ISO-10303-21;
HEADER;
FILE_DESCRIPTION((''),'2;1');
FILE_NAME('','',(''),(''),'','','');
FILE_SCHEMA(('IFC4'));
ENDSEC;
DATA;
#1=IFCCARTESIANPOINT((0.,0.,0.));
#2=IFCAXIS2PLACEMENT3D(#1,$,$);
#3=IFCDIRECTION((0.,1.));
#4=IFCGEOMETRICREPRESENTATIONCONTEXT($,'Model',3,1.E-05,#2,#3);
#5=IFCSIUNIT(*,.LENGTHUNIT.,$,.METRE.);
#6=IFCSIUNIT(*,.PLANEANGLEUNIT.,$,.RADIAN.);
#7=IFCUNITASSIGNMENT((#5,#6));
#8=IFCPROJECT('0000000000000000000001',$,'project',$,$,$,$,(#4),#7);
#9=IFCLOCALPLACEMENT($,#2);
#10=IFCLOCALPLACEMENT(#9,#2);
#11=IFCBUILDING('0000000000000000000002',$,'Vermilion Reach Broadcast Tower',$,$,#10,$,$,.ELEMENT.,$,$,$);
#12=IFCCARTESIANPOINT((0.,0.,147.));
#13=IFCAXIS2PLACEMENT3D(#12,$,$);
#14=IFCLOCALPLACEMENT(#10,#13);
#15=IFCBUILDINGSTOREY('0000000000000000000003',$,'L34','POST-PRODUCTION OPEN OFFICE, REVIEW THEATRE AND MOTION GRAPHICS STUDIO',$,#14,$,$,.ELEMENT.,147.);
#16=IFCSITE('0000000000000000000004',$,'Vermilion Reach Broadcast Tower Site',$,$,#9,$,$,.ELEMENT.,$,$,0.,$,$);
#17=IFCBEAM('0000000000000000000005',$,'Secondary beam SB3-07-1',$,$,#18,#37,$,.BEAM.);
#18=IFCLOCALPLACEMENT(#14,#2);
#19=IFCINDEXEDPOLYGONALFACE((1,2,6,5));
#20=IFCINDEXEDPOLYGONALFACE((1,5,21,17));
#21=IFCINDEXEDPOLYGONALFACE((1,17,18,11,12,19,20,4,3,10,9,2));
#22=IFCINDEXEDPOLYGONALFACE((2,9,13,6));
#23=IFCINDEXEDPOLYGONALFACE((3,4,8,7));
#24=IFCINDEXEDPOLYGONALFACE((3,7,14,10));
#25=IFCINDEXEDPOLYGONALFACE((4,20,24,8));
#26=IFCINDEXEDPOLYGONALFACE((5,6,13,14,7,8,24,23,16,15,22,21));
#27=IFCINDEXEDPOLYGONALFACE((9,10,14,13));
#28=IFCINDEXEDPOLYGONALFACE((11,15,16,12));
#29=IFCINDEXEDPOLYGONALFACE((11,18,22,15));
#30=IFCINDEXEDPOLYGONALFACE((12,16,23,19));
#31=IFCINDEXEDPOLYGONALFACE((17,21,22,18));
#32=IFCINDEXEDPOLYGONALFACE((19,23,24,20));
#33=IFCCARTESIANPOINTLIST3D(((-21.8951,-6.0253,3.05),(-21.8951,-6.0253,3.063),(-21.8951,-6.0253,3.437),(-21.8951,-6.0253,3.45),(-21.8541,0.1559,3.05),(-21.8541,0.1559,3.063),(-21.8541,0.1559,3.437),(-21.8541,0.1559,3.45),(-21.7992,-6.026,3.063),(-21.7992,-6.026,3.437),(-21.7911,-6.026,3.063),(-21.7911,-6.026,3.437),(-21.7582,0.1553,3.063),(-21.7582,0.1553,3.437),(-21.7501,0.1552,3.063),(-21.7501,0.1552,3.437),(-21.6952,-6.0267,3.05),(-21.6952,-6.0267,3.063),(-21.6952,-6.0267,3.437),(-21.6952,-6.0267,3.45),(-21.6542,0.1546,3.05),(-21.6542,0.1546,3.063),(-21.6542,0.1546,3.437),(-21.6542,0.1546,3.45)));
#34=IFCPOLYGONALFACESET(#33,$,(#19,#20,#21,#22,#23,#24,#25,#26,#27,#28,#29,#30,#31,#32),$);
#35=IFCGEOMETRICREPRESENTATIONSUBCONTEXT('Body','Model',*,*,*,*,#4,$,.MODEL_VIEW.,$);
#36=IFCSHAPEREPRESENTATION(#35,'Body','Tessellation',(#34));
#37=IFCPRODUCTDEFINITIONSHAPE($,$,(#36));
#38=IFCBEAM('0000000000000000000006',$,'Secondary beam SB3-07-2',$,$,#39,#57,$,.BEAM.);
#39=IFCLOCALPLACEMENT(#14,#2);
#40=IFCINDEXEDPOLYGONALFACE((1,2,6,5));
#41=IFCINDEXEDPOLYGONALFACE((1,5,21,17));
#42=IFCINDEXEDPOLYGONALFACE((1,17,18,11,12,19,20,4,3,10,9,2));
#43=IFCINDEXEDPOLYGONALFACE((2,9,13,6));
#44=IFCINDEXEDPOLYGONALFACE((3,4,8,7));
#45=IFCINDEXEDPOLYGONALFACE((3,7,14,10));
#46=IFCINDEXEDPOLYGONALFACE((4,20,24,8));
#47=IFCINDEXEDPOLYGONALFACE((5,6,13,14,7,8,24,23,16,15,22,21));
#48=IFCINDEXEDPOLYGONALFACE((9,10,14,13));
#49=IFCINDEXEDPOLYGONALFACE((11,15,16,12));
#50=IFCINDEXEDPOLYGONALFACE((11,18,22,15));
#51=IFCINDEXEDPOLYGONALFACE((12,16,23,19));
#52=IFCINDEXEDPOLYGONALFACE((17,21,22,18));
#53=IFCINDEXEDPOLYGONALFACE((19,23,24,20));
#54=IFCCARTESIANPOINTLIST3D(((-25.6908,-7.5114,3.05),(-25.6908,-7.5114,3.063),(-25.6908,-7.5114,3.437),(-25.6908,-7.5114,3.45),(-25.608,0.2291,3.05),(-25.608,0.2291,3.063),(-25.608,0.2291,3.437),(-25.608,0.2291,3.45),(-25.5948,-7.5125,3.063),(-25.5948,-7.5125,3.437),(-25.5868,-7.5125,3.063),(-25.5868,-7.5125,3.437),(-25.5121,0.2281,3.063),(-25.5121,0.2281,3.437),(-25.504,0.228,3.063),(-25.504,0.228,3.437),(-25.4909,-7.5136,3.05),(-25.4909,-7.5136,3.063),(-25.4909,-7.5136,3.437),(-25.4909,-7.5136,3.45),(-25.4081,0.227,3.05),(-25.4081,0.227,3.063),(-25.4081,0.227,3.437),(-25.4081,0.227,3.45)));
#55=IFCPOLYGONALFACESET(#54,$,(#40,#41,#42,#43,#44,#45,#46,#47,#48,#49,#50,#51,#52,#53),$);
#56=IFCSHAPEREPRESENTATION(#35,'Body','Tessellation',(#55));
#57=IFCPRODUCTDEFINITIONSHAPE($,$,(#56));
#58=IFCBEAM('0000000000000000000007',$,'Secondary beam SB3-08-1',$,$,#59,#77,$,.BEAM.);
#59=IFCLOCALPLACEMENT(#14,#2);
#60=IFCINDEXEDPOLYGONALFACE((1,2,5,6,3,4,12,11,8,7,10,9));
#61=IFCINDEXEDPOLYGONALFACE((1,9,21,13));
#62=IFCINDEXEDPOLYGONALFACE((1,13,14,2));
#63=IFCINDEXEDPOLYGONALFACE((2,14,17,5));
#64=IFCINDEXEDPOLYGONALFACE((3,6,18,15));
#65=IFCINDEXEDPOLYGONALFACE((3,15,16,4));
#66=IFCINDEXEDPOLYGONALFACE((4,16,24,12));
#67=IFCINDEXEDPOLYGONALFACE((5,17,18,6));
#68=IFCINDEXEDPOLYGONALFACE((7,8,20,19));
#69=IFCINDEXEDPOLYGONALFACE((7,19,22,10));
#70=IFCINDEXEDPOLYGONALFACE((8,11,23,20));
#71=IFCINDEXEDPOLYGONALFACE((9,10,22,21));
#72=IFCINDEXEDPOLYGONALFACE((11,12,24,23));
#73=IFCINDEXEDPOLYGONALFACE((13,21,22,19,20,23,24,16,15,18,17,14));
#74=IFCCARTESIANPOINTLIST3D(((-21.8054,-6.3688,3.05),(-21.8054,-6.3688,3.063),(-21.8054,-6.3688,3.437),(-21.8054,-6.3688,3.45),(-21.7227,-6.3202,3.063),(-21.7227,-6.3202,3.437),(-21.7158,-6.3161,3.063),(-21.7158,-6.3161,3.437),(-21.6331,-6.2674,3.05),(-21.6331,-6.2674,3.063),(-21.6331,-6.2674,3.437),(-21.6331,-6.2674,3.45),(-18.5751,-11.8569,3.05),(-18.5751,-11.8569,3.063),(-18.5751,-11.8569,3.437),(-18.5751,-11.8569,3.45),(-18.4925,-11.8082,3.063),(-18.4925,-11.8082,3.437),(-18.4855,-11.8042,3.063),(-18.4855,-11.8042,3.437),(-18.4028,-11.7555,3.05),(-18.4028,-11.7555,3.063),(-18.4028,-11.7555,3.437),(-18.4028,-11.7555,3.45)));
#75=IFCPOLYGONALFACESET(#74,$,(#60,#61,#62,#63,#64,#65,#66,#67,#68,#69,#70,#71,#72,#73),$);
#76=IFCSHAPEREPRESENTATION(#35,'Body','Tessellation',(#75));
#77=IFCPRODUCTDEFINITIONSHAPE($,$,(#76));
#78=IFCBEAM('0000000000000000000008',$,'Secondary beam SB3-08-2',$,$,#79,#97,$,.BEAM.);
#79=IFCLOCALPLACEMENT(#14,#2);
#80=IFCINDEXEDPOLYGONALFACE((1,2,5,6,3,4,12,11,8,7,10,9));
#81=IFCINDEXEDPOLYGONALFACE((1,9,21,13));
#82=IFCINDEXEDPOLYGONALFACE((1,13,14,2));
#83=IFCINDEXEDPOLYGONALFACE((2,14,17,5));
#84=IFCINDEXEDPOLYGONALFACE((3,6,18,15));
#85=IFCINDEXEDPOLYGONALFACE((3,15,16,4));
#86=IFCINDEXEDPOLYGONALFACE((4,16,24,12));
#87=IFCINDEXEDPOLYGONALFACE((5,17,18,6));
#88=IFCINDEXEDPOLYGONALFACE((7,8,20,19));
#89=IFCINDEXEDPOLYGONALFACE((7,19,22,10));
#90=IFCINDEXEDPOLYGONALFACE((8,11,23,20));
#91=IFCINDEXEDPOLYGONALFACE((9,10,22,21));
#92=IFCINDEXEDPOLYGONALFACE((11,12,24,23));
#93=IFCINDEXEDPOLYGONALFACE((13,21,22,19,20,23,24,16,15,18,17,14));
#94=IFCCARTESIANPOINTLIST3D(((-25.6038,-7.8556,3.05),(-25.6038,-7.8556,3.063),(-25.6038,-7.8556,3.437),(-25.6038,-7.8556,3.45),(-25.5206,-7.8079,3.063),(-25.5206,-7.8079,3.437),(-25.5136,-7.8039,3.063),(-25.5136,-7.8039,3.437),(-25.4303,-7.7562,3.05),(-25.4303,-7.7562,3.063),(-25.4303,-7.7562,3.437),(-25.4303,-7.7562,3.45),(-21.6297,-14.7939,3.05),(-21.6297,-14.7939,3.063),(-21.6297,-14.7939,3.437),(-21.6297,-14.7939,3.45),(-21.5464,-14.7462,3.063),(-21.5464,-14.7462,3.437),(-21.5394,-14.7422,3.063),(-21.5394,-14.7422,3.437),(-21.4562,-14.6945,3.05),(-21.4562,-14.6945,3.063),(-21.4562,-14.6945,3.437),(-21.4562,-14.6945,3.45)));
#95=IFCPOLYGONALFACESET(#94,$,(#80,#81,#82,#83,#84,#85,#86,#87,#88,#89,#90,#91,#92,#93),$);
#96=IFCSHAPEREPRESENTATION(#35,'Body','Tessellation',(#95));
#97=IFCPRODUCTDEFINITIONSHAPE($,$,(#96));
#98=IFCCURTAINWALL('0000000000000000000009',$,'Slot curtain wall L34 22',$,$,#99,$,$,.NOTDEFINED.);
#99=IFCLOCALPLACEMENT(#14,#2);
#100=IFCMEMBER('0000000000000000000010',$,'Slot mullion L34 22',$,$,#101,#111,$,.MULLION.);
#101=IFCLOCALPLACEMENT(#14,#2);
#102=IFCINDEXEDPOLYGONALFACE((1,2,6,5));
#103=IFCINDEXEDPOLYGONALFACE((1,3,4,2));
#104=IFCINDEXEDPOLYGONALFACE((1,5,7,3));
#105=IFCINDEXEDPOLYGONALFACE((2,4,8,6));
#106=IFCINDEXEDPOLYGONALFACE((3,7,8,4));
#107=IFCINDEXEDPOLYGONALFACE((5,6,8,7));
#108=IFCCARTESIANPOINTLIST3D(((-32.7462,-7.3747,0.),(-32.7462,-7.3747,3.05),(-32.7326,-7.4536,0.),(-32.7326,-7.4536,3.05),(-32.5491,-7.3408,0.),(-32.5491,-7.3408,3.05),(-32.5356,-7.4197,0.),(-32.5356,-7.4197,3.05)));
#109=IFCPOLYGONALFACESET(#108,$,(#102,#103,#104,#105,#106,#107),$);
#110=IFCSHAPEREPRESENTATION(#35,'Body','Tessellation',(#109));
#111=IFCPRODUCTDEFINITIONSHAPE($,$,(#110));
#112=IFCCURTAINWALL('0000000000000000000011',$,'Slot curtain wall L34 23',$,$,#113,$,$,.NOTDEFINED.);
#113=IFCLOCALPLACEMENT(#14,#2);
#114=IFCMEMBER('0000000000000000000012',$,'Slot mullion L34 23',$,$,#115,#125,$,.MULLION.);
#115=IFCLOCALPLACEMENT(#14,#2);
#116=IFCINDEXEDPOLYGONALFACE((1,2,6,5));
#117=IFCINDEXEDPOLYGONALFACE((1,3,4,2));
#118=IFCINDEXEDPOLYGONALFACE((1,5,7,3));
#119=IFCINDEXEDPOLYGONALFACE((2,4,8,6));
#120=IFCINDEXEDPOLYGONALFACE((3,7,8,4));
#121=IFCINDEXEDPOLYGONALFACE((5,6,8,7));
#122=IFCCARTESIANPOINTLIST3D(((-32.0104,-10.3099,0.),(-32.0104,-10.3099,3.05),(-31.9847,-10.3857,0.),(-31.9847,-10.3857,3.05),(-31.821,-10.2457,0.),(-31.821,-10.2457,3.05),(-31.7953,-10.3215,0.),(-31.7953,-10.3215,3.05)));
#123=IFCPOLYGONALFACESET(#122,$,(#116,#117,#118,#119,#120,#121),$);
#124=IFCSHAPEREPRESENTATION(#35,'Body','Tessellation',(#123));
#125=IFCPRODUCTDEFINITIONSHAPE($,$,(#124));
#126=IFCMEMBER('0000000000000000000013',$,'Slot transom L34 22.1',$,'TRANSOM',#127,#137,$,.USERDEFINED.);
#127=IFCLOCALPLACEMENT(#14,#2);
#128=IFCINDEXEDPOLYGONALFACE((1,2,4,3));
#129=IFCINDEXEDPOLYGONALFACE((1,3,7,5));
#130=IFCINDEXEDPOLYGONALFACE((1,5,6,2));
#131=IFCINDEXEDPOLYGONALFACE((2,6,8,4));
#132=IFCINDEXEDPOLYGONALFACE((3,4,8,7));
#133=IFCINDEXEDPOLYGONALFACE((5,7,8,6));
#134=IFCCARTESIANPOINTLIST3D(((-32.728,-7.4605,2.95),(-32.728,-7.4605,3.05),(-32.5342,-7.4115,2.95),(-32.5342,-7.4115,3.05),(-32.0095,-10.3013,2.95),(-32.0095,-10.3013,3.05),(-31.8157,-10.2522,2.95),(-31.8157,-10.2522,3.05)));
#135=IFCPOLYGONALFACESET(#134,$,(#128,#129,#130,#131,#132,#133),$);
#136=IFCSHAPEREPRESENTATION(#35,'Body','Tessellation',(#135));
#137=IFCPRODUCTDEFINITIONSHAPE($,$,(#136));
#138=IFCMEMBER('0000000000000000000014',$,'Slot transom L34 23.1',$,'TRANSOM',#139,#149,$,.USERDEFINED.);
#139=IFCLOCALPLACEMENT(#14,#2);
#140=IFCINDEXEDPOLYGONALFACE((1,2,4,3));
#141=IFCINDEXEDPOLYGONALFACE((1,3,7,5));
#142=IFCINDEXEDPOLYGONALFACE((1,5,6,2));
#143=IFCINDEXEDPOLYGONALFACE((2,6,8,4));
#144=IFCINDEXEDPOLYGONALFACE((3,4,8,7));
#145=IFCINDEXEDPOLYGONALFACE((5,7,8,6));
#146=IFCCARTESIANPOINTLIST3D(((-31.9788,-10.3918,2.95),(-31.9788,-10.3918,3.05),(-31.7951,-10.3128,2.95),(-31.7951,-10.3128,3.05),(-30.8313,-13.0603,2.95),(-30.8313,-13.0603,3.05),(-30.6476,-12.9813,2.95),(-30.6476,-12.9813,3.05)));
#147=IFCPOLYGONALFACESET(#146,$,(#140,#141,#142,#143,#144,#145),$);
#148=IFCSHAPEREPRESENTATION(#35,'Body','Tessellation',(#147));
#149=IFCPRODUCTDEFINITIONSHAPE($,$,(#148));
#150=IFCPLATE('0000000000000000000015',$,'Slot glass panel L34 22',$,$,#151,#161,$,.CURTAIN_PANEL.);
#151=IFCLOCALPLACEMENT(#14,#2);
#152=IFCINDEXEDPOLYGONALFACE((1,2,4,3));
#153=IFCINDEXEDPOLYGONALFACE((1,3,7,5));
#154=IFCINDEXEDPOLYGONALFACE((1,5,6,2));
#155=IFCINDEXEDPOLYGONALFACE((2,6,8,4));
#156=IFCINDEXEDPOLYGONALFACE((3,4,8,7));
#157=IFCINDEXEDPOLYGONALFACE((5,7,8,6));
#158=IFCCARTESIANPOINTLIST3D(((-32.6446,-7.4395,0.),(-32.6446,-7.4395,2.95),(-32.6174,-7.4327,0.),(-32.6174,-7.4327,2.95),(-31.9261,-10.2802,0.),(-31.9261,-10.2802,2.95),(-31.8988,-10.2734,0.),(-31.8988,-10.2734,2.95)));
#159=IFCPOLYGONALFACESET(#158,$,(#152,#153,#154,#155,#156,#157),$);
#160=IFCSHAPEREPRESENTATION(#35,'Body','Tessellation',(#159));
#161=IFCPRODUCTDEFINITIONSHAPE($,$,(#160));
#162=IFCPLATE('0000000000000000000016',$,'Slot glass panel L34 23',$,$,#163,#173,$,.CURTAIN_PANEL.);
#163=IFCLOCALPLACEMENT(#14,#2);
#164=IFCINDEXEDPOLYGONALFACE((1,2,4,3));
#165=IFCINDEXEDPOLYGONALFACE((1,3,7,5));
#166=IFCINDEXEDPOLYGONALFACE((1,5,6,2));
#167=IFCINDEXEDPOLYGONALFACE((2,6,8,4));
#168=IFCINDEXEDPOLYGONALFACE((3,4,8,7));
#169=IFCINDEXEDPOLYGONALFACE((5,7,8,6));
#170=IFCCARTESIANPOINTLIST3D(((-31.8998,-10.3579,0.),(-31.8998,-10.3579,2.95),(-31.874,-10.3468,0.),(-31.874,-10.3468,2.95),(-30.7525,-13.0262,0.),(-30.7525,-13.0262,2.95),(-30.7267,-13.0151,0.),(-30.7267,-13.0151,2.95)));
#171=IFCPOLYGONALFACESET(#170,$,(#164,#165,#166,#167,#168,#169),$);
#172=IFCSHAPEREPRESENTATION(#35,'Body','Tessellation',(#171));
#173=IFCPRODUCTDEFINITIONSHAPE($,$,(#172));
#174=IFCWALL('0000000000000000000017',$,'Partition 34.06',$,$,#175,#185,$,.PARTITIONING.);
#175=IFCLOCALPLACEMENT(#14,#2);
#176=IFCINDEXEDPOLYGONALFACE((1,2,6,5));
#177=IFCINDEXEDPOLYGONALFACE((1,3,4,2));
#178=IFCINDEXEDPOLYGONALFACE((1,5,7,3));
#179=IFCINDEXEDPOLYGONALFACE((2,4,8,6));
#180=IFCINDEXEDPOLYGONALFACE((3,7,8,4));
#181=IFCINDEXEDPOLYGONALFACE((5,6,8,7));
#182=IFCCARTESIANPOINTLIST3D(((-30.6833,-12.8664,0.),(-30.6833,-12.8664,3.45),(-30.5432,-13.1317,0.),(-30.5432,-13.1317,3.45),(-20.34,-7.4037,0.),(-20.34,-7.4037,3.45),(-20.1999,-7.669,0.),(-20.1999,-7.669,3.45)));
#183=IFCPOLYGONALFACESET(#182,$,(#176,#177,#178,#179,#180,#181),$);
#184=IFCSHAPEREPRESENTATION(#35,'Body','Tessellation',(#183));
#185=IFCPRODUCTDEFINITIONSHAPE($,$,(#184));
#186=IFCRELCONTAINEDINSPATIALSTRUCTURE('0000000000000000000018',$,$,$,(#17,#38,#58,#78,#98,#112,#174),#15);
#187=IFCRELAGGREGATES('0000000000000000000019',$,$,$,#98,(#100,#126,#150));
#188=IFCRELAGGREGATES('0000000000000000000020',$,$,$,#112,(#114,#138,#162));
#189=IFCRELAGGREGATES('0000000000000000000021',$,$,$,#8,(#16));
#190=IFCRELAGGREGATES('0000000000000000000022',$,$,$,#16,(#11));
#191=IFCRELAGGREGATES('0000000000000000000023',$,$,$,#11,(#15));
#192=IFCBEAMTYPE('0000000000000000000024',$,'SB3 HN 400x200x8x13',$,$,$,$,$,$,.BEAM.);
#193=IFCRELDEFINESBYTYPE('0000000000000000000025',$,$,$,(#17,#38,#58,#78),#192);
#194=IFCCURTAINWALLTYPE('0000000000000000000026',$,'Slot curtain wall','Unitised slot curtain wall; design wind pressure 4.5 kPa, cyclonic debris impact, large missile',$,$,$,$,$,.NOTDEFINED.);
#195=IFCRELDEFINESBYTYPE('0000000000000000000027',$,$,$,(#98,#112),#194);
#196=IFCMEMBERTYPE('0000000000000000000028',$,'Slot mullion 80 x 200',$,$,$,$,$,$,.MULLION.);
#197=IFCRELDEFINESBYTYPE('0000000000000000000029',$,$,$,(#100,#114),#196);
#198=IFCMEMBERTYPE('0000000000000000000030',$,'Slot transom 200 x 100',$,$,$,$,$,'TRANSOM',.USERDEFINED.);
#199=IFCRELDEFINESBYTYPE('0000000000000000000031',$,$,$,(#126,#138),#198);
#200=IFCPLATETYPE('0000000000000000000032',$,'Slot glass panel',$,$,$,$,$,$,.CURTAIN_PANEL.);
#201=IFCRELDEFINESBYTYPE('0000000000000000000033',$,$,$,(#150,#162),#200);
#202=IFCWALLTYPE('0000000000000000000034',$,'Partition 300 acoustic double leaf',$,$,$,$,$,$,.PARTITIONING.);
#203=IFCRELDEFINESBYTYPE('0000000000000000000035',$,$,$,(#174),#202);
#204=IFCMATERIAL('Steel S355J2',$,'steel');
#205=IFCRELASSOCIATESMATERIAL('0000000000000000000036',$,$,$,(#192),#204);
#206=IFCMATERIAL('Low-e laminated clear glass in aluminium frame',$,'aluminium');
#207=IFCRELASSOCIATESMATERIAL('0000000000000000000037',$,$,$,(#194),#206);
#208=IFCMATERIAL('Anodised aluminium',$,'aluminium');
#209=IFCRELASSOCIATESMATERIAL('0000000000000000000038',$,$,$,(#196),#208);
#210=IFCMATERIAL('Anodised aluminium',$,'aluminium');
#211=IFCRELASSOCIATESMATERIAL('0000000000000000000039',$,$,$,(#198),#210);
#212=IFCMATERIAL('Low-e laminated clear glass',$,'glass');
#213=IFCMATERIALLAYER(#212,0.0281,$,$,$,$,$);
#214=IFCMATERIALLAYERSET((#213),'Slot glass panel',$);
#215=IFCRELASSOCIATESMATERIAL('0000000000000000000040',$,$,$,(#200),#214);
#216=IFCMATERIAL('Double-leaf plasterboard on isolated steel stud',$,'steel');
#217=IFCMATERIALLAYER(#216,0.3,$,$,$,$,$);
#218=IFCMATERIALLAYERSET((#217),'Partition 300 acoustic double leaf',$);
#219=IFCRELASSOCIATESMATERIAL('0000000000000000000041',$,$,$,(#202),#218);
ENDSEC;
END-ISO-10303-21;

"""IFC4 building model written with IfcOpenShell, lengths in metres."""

from ifc_helpers import new_model, si_unit, direction, frame, frame_2d, origin, origin_2d, place, context, subcontext, project, spatial, rectangle, i_section, extrude, material, layer, layer_set, material_profile, profile_set, type_object, element, aggregate, save


model = new_model("IFC4")

# Units and contexts
model_context = context("Model", 3, precision=1e-05, world=origin(), true_north=direction((0.0, 1.0)))
body_context = subcontext(model_context, "Body", "Model", "MODEL_VIEW")
ifc_project = project(units=[si_unit("LENGTHUNIT", "METRE"), si_unit("PLANEANGLEUNIT", "RADIAN")], contexts=[model_context])

# Site, building, storey
site_placement = place(None, origin())
site = spatial("IfcSite", under=ifc_project, at=site_placement, Name="Vermilion Reach Broadcast Tower Site", CompositionType="ELEMENT", RefElevation=0.0)
building_placement = place(site_placement, origin())
building = spatial("IfcBuilding", under=site, at=building_placement, Name="Vermilion Reach Broadcast Tower", CompositionType="ELEMENT")
storey_placement = place(building_placement, frame((0.0, 0.0, 147.0)))
storey = spatial("IfcBuildingStorey", under=building, at=storey_placement, Name="L34", Description="POST-PRODUCTION OPEN OFFICE, REVIEW THEATRE AND MOTION GRAPHICS STUDIO", CompositionType="ELEMENT", Elevation=147.0)

# Beams
ifc_material_1 = material(Name="Steel S355J2", Category="steel")
ifc_material_profile_1 = material_profile(ifc_material_1, i_section(OverallWidth=0.2, OverallDepth=0.3999, WebThickness=0.0081, FlangeThickness=0.0129, at=origin_2d()), Name="S355J2 HN 400x200x8x13")
ifc_profile_set_1 = profile_set([ifc_material_profile_1], Name="Steel S355J2")
beam_type_1 = type_object("IfcBeamType", Name="SB3 HN 400x200x8x13", PredefinedType="BEAM", material=ifc_profile_set_1)
beam_1_placement = place(storey_placement, frame((-21.7542, 0.1553, 3.25), z_axis=(-0.006635, -0.999978, 0.0), x_axis=(0.999978, -0.006635, 0.0)))
element("IfcBeam", 1, at=beam_1_placement, inside=storey, type_object=beam_type_1, Name="Secondary beam SB3-07-1", PredefinedType="BEAM", context=body_context, shape_type="SweptSolid", body=[
    extrude(i_section(OverallWidth=0.2, OverallDepth=0.3999, WebThickness=0.0081, FlangeThickness=0.0129, at=origin_2d()), origin(), (0.0, 0.0, 1.0), 6.1814),
])
beam_2_placement = place(storey_placement, frame((-25.5081, 0.228, 3.25), z_axis=(-0.010692, -0.999943, 0.0), x_axis=(0.999943, -0.010692, 0.0)))
element("IfcBeam", 2, at=beam_2_placement, inside=storey, type_object=beam_type_1, Name="Secondary beam SB3-07-2", PredefinedType="BEAM", context=body_context, shape_type="SweptSolid", body=[
    extrude(i_section(OverallWidth=0.2, OverallDepth=0.3999, WebThickness=0.0081, FlangeThickness=0.0129, at=origin_2d()), origin(), (0.0, 0.0, 1.0), 7.741),
])
beam_3_placement = place(storey_placement, frame((-21.7192, -6.3181, 3.25), z_axis=(0.50725, -0.861799, 0.0), x_axis=(0.861799, 0.50725, 0.0)))
element("IfcBeam", 3, at=beam_3_placement, inside=storey, type_object=beam_type_1, Name="Secondary beam SB3-08-1", PredefinedType="BEAM", context=body_context, shape_type="SweptSolid", body=[
    extrude(i_section(OverallWidth=0.2, OverallDepth=0.3999, WebThickness=0.0081, FlangeThickness=0.0129, at=origin_2d()), origin(), (0.0, 0.0, 1.0), 6.3682),
])
beam_4_placement = place(storey_placement, frame((-25.5171, -7.8059, 3.25), z_axis=(0.497027, -0.867735, 0.0), x_axis=(0.867735, 0.497027, 0.0)))
element("IfcBeam", 4, at=beam_4_placement, inside=storey, type_object=beam_type_1, Name="Secondary beam SB3-08-2", PredefinedType="BEAM", context=body_context, shape_type="SweptSolid", body=[
    extrude(i_section(OverallWidth=0.2, OverallDepth=0.3999, WebThickness=0.0081, FlangeThickness=0.0129, at=origin_2d()), origin(), (0.0, 0.0, 1.0), 7.9958),
])

# Curtain walls, members
ifc_material_2 = material(Name="Low-e laminated clear glass in aluminium frame", Category="aluminium")
curtain_wall_type = type_object("IfcCurtainWallType", Name="Slot curtain wall", Description="Unitised slot curtain wall; design wind pressure 4.5 kPa, cyclonic debris impact, large missile", PredefinedType="NOTDEFINED", material=ifc_material_2)
placement = place(storey_placement, origin())
curtain_wall_1 = element("IfcCurtainWall", 5, at=placement, inside=storey, type_object=curtain_wall_type, Name="Slot curtain wall L34 22", PredefinedType="NOTDEFINED")
ifc_material_3 = material(Name="Anodised aluminium", Category="aluminium")
ifc_material_profile_2 = material_profile(ifc_material_3, rectangle(XDim=0.2, YDim=0.0801, at=origin_2d()), Name="Slot mullion 80 x 200")
ifc_profile_set_2 = profile_set([ifc_material_profile_2], Name="Anodised aluminium")
member_type_1 = type_object("IfcMemberType", Name="Slot mullion 80 x 200", PredefinedType="MULLION", material=ifc_profile_set_2)
member_1_placement = place(storey_placement, frame((-32.6409, -7.3972, 0.0), z_axis=(0.0, 0.0, 1.0), x_axis=(0.985507, 0.169634, 0.0)))
member_1 = element("IfcMember", 6, at=member_1_placement, type_object=member_type_1, Name="Slot mullion L34 22", PredefinedType="MULLION", context=body_context, shape_type="SweptSolid", body=[
    extrude(rectangle(XDim=0.2, YDim=0.0801, at=origin_2d()), origin(), (0.0, 0.0, 1.0), 3.05),
])
curtain_wall_2 = element("IfcCurtainWall", 7, at=placement, inside=storey, type_object=curtain_wall_type, Name="Slot curtain wall L34 23", PredefinedType="NOTDEFINED")
member_2_placement = place(storey_placement, frame((-31.9028, -10.3157, 0.0), z_axis=(0.0, 0.0, 1.0), x_axis=(0.947036, 0.321127, 0.0)))
member_2 = element("IfcMember", 8, at=member_2_placement, type_object=member_type_1, Name="Slot mullion L34 23", PredefinedType="MULLION", context=body_context, shape_type="SweptSolid", body=[
    extrude(rectangle(XDim=0.2, YDim=0.0801, at=origin_2d()), origin(), (0.0, 0.0, 1.0), 3.05),
])

# Members
ifc_material_4 = material(Name="Anodised aluminium", Category="aluminium")
ifc_material_profile_3 = material_profile(ifc_material_4, rectangle(XDim=0.2, YDim=0.1001, at=origin_2d()), Name="Slot transom 200 x 100")
ifc_profile_set_3 = profile_set([ifc_material_profile_3], Name="Anodised aluminium")
member_type_2 = type_object("IfcMemberType", Name="Slot transom 200 x 100", ElementType="TRANSOM", PredefinedType="USERDEFINED", material=ifc_profile_set_3)
member_3_placement = place(storey_placement, frame((-32.6311, -7.436, 3.0), z_axis=(0.245201, -0.969472, 0.0), x_axis=(0.969472, 0.245201, 0.0)))
member_3 = element("IfcMember", 9, at=member_3_placement, type_object=member_type_2, Name="Slot transom L34 22.1", ObjectType="TRANSOM", PredefinedType="USERDEFINED", context=body_context, shape_type="SweptSolid", body=[
    extrude(rectangle(XDim=0.2, YDim=0.1001, at=origin_2d()), origin(), (0.0, 0.0, 1.0), 2.9302),
])
member_4_placement = place(storey_placement, frame((-31.887, -10.3523, 3.0), z_axis=(0.395035, -0.918666, 0.0), x_axis=(0.918666, 0.395035, 0.0)))
member_4 = element("IfcMember", 10, at=member_4_placement, type_object=member_type_2, Name="Slot transom L34 23.1", ObjectType="TRANSOM", PredefinedType="USERDEFINED", context=body_context, shape_type="SweptSolid", body=[
    extrude(rectangle(XDim=0.2, YDim=0.1001, at=origin_2d()), origin(), (0.0, 0.0, 1.0), 2.9048),
])

# Plates
ifc_material_5 = material(Name="Low-e laminated clear glass", Category="glass")
ifc_layer_1 = layer(ifc_material_5, 0.0281)
ifc_layer_set_1 = layer_set([ifc_layer_1], Name="Slot glass panel")
plate_type = type_object("IfcPlateType", Name="Slot glass panel", PredefinedType="CURTAIN_PANEL", material=ifc_layer_set_1)
plate_1_placement = place(storey_placement, frame((-32.2717, -8.8564, 0.0), z_axis=(0.0, 0.0, 1.0), x_axis=(0.245231, -0.969465, 0.0)))
plate_1 = element("IfcPlate", 11, at=plate_1_placement, type_object=plate_type, Name="Slot glass panel L34 22", PredefinedType="CURTAIN_PANEL", context=body_context, shape_type="SweptSolid", body=[
    extrude(rectangle(XDim=2.9302, YDim=0.0281, at=origin_2d()), origin(), (0.0, 0.0, 1.0), 2.95),
])
aggregate(curtain_wall_1, [member_1, member_3, plate_1])
plate_2_placement = place(storey_placement, frame((-31.3132, -11.6865, 0.0), z_axis=(0.0, 0.0, 1.0), x_axis=(0.395013, -0.918676, 0.0)))
plate_2 = element("IfcPlate", 12, at=plate_2_placement, type_object=plate_type, Name="Slot glass panel L34 23", PredefinedType="CURTAIN_PANEL", context=body_context, shape_type="SweptSolid", body=[
    extrude(rectangle(XDim=2.9045, YDim=0.0281, at=origin_2d()), origin(), (0.0, 0.0, 1.0), 2.95),
])
aggregate(curtain_wall_2, [member_2, member_4, plate_2])

# Wall
ifc_material_6 = material(Name="Double-leaf plasterboard on isolated steel stud", Category="steel")
ifc_layer_2 = layer(ifc_material_6, 0.3)
ifc_layer_set_2 = layer_set([ifc_layer_2], Name="Partition 300 acoustic double leaf")
wall_type_1 = type_object("IfcWallType", Name="Partition 300 acoustic double leaf", PredefinedType="PARTITIONING", material=ifc_layer_set_2)
wall_1_placement = place(storey_placement, frame((-30.6133, -12.999, 0.0), z_axis=(0.0, 0.0, 1.0), x_axis=(0.884254, 0.467006, 0.0)))
element("IfcWall", 13, at=wall_1_placement, inside=storey, type_object=wall_type_1, Name="Partition 34.06", PredefinedType="PARTITIONING", context=body_context, shape_type="SweptSolid", body=[
    extrude(rectangle(XDim=11.6973, YDim=0.3, at=frame_2d((5.8486, 0.0))), origin(), (0.0, 0.0, 1.0), 3.45),
])

save(model, "model.ifc")
